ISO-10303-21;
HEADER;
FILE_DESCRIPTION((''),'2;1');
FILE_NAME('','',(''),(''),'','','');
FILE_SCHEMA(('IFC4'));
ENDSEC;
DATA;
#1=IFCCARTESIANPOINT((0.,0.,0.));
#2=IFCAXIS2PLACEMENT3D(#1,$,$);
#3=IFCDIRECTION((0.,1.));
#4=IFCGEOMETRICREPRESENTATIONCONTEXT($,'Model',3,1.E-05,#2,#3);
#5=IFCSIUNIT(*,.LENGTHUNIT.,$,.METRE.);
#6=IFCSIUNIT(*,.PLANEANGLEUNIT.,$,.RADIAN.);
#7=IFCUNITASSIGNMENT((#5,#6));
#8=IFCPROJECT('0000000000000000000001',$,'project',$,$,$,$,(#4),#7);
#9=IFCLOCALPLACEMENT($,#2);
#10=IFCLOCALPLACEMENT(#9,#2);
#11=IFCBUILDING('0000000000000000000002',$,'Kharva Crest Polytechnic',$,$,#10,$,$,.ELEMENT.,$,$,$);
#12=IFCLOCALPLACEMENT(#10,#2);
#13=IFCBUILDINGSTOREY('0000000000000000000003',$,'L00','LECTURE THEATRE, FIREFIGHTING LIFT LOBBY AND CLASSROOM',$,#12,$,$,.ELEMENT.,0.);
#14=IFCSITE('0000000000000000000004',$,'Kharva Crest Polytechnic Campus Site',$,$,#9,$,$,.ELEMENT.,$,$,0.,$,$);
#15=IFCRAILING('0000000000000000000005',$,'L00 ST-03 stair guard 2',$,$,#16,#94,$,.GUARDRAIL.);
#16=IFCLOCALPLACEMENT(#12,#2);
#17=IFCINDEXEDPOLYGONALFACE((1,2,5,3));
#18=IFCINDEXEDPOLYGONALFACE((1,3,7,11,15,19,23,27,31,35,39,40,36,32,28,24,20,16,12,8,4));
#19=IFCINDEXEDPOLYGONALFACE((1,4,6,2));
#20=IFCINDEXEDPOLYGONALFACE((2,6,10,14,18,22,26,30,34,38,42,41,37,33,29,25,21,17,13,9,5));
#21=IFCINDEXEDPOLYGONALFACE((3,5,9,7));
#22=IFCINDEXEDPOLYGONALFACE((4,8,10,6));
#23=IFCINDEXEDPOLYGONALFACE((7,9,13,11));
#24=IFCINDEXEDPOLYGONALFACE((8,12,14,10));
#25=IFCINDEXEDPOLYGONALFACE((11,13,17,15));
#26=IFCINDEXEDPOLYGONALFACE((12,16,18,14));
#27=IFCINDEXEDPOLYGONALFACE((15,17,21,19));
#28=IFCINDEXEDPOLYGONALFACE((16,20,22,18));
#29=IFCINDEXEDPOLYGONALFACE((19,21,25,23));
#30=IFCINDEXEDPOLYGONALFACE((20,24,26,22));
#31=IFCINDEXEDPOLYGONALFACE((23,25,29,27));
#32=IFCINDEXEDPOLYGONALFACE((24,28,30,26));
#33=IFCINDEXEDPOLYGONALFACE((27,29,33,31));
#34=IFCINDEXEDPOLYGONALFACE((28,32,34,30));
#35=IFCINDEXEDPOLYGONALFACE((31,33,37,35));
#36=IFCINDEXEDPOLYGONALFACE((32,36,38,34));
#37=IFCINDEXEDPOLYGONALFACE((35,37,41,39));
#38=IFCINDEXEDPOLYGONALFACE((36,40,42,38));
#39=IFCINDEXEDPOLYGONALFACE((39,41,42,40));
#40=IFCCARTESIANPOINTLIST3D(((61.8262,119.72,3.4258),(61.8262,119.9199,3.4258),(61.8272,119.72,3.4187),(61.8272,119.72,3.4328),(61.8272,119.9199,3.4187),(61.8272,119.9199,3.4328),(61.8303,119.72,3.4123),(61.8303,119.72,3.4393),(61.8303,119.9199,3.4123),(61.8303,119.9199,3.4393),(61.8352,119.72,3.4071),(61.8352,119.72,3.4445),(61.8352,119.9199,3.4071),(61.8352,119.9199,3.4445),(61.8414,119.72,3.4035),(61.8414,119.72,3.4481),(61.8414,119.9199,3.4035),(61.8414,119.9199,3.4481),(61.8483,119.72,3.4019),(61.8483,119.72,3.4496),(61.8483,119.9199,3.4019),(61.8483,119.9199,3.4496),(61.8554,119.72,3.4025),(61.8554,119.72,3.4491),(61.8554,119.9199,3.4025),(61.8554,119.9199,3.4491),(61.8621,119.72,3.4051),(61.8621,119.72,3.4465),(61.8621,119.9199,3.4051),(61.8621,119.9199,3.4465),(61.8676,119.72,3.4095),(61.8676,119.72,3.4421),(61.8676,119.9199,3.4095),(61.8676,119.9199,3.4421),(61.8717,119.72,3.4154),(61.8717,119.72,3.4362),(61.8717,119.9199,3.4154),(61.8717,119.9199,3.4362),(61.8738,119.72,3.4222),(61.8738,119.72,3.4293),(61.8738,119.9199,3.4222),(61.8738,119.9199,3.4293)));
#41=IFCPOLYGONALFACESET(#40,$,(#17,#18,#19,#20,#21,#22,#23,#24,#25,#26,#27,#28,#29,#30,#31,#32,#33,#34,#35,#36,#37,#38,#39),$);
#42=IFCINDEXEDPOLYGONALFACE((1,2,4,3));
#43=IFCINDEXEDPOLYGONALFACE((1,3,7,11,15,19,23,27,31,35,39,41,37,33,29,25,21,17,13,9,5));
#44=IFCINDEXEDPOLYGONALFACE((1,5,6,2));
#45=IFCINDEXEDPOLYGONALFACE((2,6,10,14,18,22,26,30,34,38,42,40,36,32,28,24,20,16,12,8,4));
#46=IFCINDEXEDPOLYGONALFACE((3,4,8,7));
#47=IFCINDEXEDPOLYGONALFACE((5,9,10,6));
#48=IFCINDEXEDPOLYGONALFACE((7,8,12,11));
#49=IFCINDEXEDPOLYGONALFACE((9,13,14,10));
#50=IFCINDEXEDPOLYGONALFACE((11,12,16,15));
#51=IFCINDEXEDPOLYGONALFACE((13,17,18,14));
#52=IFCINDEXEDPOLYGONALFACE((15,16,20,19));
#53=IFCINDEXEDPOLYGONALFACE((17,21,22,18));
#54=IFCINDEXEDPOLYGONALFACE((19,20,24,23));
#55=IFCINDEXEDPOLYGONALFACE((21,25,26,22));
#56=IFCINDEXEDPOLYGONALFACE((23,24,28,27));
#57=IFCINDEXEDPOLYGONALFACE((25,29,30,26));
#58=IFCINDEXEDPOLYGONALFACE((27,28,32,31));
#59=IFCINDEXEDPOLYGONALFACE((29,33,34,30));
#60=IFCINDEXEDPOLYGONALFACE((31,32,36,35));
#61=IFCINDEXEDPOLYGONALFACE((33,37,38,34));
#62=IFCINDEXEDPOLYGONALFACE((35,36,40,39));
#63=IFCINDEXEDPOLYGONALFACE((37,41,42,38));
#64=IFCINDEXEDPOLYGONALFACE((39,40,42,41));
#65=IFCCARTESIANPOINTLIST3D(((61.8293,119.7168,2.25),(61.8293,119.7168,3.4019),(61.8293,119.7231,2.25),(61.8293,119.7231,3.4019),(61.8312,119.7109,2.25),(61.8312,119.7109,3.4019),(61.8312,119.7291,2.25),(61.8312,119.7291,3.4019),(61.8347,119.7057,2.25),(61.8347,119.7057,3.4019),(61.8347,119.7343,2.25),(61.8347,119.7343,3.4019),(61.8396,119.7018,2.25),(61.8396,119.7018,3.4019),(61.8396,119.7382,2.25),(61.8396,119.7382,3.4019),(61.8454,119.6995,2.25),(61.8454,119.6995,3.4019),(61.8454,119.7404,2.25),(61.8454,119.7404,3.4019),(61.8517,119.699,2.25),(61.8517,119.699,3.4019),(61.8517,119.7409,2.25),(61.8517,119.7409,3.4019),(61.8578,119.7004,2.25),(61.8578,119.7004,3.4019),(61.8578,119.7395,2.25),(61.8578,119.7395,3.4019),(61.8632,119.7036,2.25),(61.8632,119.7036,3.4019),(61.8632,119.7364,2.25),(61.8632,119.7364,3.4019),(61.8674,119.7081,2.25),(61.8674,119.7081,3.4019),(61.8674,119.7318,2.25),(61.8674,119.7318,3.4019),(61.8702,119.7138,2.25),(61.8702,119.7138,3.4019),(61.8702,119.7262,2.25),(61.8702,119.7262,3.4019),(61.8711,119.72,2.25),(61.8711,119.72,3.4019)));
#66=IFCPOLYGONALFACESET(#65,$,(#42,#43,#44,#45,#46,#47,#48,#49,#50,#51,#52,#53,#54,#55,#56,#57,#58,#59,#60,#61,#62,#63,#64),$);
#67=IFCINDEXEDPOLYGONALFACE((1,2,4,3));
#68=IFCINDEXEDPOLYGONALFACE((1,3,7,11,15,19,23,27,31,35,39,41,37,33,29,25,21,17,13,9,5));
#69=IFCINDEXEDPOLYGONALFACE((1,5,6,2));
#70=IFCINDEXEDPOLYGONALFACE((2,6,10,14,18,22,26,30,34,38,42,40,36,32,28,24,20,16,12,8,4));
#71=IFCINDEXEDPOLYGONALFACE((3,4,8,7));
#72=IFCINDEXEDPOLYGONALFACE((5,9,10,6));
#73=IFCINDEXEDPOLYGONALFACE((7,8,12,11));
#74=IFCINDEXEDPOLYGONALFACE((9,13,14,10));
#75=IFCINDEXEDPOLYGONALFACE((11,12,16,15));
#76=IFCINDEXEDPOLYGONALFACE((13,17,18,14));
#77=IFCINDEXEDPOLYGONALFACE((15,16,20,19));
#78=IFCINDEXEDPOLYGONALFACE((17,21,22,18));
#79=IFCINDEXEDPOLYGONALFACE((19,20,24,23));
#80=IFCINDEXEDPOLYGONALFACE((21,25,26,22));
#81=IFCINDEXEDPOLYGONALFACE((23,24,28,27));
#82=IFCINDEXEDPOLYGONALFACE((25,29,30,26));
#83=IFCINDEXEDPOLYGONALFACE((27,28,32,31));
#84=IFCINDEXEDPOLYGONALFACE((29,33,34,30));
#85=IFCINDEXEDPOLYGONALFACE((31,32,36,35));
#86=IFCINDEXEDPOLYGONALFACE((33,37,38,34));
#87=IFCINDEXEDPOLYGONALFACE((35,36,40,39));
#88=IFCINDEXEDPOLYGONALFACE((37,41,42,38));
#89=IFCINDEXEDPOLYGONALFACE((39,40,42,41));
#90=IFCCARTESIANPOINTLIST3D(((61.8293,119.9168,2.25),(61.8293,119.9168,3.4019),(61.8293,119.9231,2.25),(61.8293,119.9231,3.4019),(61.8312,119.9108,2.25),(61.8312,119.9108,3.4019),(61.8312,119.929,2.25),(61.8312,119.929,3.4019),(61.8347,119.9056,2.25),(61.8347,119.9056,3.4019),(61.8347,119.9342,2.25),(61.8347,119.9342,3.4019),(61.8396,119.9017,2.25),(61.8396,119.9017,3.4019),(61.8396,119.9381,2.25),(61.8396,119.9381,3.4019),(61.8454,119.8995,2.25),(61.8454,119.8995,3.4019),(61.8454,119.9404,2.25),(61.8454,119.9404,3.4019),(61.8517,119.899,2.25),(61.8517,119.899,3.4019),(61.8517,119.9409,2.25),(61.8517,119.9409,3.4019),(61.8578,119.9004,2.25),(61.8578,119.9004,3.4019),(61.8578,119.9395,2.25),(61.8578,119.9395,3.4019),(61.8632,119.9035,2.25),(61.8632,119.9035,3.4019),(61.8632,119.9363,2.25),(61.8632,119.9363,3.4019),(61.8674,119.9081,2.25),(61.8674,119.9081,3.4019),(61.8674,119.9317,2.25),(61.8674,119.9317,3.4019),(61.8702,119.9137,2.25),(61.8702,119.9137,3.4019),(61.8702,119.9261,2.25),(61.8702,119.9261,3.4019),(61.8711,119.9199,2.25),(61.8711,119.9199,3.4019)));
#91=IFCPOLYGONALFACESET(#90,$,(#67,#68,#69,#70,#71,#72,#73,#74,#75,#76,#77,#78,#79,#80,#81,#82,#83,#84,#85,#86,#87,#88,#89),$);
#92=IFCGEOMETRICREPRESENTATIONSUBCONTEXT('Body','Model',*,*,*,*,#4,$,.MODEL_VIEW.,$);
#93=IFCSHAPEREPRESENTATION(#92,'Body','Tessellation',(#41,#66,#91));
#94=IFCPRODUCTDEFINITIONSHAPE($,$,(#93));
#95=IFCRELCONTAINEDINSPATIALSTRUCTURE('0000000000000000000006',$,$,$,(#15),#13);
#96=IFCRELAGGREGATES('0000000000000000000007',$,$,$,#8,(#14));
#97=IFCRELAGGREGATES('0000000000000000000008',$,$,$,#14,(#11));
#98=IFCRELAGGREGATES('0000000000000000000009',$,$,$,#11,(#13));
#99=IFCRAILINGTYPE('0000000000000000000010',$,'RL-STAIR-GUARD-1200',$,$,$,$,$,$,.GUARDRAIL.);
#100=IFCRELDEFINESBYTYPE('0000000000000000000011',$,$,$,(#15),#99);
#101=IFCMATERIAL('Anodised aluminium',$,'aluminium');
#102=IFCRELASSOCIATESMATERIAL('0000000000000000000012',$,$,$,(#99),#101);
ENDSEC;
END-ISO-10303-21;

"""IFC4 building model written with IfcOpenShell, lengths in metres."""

from ifc_helpers import new_model, si_unit, direction, frame, origin, origin_2d, place, context, subcontext, project, spatial, circle, extrude, material, type_object, element, save


model = new_model("IFC4")

# Units and contexts
model_context = context("Model", 3, precision=1e-05, world=origin(), true_north=direction((0.0, 1.0)))
body_context = subcontext(model_context, "Body", "Model", "MODEL_VIEW")
ifc_project = project(units=[si_unit("LENGTHUNIT", "METRE"), si_unit("PLANEANGLEUNIT", "RADIAN")], contexts=[model_context])

# Site, building, storey
site_placement = place(None, origin())
site = spatial("IfcSite", under=ifc_project, at=site_placement, Name="Kharva Crest Polytechnic Campus Site", CompositionType="ELEMENT", RefElevation=0.0)
building_placement = place(site_placement, origin())
building = spatial("IfcBuilding", under=site, at=building_placement, Name="Kharva Crest Polytechnic", CompositionType="ELEMENT")
storey_placement = place(building_placement, origin())
storey = spatial("IfcBuildingStorey", under=building, at=storey_placement, Name="L00", Description="LECTURE THEATRE, FIREFIGHTING LIFT LOBBY AND CLASSROOM", CompositionType="ELEMENT", Elevation=0.0)

# Railing
ifc_material_1 = material(Name="Anodised aluminium", Category="aluminium")
railing_type_1 = type_object("IfcRailingType", Name="RL-STAIR-GUARD-1200", PredefinedType="GUARDRAIL", material=ifc_material_1)
railing_1_placement = place(storey_placement, frame((61.8501, 119.72, 2.25)))
element("IfcRailing", 1, at=railing_1_placement, inside=storey, type_object=railing_type_1, Name="L00 ST-03 stair guard 2", PredefinedType="GUARDRAIL", context=body_context, shape_type="SweptSolid", body=[
    extrude(circle(Radius=0.0239, at=origin_2d()), frame((0.0, 0.0, 1.1758), z_axis=(0.0, 1.0, 0.0), x_axis=(-1.0, 0.0, 0.0)), (0.0, 0.0, 1.0), 0.2),
    extrude(circle(Radius=0.021, at=origin_2d()), origin(), (0.0, 0.0, 1.0), 1.1519),
    extrude(circle(Radius=0.021, at=origin_2d()), frame((0.0, 0.2, 0.0)), (0.0, 0.0, 1.0), 1.1519),
])

save(model, "model.ifc")
